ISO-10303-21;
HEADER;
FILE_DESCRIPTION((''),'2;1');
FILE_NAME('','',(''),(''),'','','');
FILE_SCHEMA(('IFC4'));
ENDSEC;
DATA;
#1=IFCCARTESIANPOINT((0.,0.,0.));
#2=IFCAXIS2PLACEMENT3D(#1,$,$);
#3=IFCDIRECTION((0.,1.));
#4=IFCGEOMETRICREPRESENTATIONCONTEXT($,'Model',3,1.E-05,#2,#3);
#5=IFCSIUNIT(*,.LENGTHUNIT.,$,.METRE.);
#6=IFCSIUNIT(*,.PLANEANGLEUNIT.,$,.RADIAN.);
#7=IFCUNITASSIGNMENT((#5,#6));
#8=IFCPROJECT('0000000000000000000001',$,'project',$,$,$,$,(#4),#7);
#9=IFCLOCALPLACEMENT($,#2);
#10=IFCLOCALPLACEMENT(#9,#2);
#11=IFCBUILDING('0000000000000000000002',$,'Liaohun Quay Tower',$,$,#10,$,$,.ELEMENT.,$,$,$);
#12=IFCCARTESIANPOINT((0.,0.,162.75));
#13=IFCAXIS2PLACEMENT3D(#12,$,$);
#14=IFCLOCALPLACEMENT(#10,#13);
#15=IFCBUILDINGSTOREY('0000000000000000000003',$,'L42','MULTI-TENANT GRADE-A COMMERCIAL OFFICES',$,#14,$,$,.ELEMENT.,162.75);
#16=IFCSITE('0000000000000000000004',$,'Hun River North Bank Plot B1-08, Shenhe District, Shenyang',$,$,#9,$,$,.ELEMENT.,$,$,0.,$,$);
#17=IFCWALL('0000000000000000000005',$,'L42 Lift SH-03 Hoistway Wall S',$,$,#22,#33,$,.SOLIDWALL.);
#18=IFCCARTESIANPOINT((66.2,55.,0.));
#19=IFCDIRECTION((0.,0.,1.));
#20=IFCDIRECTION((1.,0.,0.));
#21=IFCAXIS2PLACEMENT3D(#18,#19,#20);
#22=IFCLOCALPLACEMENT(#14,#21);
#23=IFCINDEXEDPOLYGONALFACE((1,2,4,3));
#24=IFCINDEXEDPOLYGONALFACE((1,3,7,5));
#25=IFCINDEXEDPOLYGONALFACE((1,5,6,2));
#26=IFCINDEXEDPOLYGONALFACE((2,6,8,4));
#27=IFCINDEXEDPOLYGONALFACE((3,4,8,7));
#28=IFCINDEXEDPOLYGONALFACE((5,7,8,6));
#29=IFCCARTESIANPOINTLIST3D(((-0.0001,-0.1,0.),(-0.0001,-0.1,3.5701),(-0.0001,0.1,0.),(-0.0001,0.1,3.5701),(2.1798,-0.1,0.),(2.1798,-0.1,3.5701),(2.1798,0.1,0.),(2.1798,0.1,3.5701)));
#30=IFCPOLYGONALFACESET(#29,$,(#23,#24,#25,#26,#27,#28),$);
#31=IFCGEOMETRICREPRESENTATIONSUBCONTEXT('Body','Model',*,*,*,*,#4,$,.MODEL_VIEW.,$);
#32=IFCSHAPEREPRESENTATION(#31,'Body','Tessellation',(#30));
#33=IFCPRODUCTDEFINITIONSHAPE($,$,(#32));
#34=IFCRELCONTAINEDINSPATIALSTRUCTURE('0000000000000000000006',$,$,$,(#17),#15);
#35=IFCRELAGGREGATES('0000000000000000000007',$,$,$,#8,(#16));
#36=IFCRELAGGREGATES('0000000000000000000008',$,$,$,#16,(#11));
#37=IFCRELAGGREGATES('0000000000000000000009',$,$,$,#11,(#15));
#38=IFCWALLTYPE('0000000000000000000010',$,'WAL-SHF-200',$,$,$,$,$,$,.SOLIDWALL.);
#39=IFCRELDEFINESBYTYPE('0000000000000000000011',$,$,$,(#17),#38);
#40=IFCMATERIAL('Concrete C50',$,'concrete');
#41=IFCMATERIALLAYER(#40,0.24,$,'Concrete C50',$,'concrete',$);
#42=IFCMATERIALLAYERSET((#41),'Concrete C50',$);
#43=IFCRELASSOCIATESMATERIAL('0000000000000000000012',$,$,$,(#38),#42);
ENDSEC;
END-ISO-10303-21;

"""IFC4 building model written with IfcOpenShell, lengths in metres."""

from ifc_helpers import new_model, si_unit, direction, frame, frame_2d, origin, place, context, subcontext, project, spatial, rectangle, extrude, material, layer, layer_set, type_object, element, save


model = new_model("IFC4")

# Units and contexts
model_context = context("Model", 3, precision=1e-05, world=origin(), true_north=direction((0.0, 1.0)))
body_context = subcontext(model_context, "Body", "Model", "MODEL_VIEW")
ifc_project = project(units=[si_unit("LENGTHUNIT", "METRE"), si_unit("PLANEANGLEUNIT", "RADIAN")], contexts=[model_context])

# Site, building, storey
site_placement = place(None, origin())
site = spatial("IfcSite", under=ifc_project, at=site_placement, Name="Hun River North Bank Plot B1-08, Shenhe District, Shenyang", CompositionType="ELEMENT", RefElevation=0.0)
building_placement = place(site_placement, origin())
building = spatial("IfcBuilding", under=site, at=building_placement, Name="Liaohun Quay Tower", CompositionType="ELEMENT")
storey_placement = place(building_placement, frame((0.0, 0.0, 162.75)))
storey = spatial("IfcBuildingStorey", under=building, at=storey_placement, Name="L42", Description="MULTI-TENANT GRADE-A COMMERCIAL OFFICES", CompositionType="ELEMENT", Elevation=162.75)

# Shared definitions
ifc_material_1 = material(Name="Concrete C50", Category="concrete")
ifc_layer_1 = layer(ifc_material_1, 0.24, Name="Concrete C50", Category="concrete")
ifc_layer_set_1 = layer_set([ifc_layer_1], Name="Concrete C50")
wall_type_1 = type_object("IfcWallType", Name="WAL-SHF-200", PredefinedType="SOLIDWALL", material=ifc_layer_set_1)

# Wall
wall_1_placement = place(storey_placement, frame((66.2, 55.0, 0.0), z_axis=(0.0, 0.0, 1.0), x_axis=(1.0, 0.0, 0.0)))
element("IfcWall", 1, at=wall_1_placement, inside=storey, type_object=wall_type_1, Name="L42 Lift SH-03 Hoistway Wall S", PredefinedType="SOLIDWALL", context=body_context, shape_type="SweptSolid", body=[
    extrude(rectangle(XDim=2.1799, YDim=0.2, at=frame_2d((1.0898, 0.0))), origin(), (0.0, 0.0, 1.0), 3.5701),
])

save(model, "model.ifc")
